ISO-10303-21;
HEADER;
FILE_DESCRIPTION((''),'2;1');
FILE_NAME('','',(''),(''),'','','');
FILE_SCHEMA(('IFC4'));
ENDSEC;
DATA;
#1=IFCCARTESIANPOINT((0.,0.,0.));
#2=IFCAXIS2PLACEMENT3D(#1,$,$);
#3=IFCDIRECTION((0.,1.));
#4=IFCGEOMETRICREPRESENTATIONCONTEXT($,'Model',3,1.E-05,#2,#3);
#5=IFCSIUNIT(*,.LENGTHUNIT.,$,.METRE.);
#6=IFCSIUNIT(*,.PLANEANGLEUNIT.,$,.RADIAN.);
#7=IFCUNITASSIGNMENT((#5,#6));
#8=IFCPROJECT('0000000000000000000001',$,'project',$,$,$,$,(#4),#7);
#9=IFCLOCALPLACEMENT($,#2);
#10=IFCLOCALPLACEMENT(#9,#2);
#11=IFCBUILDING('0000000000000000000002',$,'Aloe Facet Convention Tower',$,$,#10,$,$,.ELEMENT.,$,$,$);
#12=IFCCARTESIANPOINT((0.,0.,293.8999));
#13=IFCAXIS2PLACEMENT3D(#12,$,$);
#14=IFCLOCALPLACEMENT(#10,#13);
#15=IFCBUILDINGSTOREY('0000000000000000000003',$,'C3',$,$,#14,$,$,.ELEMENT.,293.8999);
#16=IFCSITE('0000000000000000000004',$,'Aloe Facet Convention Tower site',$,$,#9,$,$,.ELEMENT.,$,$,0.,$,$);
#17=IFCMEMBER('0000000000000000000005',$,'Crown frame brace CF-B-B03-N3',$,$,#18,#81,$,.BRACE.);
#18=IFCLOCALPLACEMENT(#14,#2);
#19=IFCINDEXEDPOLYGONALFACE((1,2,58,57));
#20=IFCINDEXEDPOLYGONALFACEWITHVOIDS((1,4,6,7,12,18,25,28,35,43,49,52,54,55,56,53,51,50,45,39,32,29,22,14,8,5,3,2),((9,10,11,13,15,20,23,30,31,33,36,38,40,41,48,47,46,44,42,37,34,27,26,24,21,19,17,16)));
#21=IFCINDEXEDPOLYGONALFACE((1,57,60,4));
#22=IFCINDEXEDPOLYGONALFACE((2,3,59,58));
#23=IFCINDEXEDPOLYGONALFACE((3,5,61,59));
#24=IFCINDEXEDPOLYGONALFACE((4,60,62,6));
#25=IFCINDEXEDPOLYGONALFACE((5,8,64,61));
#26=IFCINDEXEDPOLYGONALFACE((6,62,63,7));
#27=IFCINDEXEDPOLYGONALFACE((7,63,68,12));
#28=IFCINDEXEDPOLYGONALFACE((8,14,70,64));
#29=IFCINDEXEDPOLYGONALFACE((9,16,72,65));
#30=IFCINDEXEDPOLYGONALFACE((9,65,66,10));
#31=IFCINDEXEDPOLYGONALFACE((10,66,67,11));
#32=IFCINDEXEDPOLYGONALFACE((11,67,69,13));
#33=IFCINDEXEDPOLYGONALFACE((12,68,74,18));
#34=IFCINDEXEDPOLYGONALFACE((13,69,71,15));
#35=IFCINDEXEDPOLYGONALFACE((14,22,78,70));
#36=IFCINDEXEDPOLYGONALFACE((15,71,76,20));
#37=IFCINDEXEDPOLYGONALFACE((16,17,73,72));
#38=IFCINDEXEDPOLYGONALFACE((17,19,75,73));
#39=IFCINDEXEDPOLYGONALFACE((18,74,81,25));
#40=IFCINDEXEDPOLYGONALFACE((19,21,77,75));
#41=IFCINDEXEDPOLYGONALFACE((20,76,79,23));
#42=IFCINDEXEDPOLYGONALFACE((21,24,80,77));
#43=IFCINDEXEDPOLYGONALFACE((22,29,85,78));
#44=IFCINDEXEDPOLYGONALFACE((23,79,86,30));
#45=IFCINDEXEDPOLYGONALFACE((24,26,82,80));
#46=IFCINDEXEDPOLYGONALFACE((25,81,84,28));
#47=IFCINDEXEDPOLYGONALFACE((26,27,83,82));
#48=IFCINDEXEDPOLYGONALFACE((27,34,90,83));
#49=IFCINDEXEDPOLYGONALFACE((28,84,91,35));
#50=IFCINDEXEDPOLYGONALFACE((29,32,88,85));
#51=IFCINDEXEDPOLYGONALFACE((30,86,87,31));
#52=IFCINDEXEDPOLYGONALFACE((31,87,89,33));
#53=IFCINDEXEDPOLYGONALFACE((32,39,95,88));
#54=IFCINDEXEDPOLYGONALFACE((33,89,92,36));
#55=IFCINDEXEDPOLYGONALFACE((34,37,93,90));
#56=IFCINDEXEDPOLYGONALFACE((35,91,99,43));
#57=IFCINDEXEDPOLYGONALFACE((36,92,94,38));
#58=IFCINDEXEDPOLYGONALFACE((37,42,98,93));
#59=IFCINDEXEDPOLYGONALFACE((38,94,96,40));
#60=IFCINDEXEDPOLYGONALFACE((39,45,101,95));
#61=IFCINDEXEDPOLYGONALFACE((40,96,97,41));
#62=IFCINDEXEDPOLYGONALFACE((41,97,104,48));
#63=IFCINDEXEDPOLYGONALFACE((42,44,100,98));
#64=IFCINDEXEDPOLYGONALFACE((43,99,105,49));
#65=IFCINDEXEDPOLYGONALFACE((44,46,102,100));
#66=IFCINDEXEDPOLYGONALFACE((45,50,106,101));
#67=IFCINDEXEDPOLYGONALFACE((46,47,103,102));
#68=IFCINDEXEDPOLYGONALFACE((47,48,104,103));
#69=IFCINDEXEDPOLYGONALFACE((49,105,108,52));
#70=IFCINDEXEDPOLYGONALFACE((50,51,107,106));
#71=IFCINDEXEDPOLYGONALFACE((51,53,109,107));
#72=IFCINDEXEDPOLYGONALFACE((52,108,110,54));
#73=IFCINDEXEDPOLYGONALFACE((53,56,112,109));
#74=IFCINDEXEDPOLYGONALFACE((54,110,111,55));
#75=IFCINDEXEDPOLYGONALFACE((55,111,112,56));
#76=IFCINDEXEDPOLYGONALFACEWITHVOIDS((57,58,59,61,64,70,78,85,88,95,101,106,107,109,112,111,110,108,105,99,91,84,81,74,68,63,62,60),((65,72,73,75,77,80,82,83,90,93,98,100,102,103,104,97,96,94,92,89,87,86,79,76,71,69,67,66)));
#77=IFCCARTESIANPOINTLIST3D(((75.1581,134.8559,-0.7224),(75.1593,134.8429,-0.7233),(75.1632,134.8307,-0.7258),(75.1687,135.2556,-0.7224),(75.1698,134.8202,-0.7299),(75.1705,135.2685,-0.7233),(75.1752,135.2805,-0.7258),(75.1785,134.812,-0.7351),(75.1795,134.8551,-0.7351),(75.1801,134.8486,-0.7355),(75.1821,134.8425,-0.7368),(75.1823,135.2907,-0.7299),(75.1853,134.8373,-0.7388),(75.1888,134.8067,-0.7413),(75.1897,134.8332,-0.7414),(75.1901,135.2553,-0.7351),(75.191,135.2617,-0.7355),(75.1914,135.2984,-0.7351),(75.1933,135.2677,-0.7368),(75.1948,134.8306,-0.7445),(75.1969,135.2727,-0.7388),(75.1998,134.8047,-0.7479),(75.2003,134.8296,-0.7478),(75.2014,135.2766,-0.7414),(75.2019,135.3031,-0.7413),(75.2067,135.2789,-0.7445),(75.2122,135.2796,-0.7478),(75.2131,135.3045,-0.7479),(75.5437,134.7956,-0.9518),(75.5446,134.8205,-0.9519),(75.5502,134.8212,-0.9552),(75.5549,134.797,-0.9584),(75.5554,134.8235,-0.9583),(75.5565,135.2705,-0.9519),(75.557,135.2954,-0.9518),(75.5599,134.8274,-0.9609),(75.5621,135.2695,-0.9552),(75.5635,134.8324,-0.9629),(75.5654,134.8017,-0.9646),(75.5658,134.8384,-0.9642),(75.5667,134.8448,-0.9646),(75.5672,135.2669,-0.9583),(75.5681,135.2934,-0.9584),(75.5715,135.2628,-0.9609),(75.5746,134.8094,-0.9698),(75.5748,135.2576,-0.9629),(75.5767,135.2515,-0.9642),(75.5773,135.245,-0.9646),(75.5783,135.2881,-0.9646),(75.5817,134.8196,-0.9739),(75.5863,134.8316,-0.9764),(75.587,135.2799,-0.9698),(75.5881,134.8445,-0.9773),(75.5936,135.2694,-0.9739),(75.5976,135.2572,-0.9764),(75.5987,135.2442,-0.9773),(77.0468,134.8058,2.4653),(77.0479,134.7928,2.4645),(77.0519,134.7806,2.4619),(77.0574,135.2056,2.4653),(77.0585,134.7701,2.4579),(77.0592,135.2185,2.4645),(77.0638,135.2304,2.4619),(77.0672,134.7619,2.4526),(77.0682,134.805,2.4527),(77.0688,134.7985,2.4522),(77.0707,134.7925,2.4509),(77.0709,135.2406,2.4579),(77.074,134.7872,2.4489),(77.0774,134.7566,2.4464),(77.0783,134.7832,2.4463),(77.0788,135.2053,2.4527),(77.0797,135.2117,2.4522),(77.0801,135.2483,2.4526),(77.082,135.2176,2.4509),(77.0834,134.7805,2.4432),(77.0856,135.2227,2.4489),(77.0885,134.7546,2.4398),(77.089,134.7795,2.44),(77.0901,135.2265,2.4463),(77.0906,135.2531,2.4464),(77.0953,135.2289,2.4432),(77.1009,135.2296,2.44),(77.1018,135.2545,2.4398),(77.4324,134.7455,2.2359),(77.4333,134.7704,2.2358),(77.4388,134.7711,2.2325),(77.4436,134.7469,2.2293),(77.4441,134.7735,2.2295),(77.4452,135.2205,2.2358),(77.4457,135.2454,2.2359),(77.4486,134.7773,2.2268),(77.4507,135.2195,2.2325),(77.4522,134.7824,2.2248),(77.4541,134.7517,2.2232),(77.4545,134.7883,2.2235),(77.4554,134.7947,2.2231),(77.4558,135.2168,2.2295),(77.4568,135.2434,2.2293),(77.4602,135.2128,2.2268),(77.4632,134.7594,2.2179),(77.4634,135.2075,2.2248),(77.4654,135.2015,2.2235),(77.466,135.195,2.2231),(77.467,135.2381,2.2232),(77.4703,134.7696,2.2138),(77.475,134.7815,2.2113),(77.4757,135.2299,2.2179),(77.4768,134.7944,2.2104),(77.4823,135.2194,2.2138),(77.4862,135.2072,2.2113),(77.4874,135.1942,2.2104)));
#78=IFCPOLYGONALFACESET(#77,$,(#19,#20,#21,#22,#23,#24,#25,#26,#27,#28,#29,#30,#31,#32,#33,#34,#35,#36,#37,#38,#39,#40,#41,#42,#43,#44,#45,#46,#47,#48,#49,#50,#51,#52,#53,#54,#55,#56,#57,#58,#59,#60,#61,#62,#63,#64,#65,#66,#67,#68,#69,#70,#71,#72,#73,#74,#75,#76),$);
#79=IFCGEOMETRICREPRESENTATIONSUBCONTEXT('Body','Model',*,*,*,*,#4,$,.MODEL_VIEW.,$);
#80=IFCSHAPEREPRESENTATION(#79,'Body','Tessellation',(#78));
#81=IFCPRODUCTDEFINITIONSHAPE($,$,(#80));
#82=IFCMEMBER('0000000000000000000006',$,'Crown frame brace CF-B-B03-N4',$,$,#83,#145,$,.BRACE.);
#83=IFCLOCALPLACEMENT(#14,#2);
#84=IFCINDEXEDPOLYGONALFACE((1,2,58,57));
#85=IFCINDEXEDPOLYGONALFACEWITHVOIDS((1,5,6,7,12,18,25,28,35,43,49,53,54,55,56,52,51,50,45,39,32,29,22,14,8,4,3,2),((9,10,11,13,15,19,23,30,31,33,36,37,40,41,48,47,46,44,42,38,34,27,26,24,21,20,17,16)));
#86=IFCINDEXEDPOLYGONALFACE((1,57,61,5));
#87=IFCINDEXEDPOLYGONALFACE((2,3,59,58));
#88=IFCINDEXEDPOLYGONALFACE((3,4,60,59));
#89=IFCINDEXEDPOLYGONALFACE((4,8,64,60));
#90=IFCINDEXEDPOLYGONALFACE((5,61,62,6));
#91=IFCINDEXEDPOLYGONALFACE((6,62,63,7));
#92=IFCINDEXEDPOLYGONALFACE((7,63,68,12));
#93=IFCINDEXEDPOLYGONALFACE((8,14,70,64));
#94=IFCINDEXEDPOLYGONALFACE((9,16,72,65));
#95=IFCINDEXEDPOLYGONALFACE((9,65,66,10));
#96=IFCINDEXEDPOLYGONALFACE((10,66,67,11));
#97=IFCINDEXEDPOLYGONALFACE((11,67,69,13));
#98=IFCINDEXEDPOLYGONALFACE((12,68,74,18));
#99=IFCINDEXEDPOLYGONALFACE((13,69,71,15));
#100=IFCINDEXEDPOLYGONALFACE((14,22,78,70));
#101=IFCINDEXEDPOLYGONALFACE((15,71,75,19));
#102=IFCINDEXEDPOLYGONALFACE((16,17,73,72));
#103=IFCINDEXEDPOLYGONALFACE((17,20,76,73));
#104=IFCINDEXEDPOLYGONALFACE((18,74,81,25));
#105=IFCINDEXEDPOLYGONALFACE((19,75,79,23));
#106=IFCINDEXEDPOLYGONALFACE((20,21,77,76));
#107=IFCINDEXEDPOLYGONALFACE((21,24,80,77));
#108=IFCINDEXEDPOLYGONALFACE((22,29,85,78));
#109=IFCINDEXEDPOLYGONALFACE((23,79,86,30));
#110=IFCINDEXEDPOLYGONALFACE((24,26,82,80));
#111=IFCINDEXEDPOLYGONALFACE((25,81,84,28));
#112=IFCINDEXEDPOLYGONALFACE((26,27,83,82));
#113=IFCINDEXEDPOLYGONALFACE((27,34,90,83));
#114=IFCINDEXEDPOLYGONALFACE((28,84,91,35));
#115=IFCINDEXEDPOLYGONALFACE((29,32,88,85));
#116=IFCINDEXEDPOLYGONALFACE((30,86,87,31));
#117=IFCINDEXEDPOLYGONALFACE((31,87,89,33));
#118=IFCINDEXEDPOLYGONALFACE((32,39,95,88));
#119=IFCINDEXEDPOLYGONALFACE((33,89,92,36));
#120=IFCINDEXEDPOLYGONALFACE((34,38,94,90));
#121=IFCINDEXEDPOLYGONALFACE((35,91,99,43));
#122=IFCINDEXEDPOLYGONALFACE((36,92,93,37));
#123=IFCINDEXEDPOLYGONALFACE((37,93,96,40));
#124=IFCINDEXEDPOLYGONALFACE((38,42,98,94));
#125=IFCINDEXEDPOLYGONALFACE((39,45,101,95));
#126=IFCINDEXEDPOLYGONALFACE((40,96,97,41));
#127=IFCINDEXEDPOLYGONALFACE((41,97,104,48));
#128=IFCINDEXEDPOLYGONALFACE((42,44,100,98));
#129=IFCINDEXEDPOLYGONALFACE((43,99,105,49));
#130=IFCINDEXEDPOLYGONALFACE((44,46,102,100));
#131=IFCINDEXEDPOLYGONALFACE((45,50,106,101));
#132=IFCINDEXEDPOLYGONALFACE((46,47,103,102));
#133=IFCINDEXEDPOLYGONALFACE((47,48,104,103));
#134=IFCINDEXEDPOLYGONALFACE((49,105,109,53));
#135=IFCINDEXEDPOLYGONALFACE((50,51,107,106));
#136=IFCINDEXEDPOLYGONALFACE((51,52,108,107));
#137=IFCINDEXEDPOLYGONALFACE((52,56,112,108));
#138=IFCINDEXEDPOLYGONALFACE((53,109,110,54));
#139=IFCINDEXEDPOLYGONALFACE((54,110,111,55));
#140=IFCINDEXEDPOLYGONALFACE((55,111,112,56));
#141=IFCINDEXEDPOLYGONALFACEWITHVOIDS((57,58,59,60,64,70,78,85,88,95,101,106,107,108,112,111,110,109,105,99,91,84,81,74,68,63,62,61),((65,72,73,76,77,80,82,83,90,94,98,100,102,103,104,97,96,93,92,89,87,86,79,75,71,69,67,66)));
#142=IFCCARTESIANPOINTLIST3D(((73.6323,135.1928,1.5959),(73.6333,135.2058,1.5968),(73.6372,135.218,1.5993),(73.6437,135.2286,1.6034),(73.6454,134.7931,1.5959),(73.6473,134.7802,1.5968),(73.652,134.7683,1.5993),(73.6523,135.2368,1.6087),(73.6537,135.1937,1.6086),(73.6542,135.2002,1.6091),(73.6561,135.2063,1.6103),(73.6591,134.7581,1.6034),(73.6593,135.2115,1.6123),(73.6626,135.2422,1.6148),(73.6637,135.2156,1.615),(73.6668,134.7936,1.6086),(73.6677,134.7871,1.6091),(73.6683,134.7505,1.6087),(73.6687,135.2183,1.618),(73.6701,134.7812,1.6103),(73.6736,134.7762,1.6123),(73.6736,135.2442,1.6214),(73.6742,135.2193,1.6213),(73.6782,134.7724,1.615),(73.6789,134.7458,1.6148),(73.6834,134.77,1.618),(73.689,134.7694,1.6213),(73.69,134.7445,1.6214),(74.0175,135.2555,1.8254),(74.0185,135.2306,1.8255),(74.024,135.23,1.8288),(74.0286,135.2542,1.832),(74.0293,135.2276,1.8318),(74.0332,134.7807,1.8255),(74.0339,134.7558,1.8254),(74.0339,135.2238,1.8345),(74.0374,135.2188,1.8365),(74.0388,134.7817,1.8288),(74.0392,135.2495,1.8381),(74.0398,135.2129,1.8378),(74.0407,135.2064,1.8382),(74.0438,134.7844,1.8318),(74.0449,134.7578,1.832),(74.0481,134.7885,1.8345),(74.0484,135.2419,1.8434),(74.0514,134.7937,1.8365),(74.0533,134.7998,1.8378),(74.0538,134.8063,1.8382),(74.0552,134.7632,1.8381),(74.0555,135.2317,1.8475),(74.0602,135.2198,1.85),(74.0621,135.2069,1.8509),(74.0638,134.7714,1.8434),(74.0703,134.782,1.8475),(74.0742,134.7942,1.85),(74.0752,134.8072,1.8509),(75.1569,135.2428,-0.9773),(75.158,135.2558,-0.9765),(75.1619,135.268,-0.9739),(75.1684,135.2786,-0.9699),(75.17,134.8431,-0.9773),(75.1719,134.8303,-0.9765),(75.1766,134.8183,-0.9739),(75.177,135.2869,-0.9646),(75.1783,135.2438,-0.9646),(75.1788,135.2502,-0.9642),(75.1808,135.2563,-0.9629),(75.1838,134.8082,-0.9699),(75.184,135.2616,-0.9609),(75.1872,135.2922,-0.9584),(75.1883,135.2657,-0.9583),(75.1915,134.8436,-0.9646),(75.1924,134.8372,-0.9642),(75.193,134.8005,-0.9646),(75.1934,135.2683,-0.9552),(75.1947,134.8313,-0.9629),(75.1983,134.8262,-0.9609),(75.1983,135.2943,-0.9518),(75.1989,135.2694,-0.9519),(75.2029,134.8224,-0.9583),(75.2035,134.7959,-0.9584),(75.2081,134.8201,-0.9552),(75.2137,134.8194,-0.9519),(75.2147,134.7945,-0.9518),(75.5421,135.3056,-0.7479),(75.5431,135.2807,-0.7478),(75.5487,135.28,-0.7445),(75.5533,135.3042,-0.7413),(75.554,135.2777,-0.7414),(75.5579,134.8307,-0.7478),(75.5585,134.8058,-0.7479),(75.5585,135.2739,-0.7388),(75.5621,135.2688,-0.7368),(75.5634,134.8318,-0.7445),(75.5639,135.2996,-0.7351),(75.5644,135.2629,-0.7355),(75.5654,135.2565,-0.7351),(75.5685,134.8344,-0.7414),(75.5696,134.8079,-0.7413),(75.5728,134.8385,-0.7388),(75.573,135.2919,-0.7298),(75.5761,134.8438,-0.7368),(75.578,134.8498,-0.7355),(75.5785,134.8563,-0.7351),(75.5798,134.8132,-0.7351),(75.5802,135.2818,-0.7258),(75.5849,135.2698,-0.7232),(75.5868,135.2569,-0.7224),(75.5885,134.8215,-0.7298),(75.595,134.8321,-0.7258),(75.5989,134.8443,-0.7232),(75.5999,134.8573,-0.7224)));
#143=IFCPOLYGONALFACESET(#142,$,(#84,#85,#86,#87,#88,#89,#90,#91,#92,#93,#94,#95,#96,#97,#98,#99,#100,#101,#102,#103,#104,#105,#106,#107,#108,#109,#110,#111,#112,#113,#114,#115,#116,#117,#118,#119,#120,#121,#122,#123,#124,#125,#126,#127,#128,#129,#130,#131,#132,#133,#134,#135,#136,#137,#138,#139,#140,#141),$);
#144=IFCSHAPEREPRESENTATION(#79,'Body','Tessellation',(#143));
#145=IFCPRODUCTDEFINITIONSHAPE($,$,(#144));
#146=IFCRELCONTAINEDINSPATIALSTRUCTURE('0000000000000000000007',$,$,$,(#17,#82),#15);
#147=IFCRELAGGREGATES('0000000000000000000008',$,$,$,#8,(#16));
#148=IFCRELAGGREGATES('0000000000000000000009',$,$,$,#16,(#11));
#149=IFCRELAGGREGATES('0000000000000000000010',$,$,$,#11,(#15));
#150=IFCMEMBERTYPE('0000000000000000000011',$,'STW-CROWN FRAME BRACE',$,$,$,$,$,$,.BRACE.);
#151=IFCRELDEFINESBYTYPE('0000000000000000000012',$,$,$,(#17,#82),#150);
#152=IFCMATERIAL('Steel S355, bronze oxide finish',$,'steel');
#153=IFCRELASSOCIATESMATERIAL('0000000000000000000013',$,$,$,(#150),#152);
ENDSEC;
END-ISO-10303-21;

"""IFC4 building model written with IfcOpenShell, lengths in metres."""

from ifc_helpers import new_model, si_unit, direction, frame, origin, origin_2d, place, context, subcontext, project, spatial, hollow_rectangle, extrude, material, material_profile, profile_set, type_object, element, save


model = new_model("IFC4")

# Units and contexts
model_context = context("Model", 3, precision=1e-05, world=origin(), true_north=direction((0.0, 1.0)))
body_context = subcontext(model_context, "Body", "Model", "MODEL_VIEW")
ifc_project = project(units=[si_unit("LENGTHUNIT", "METRE"), si_unit("PLANEANGLEUNIT", "RADIAN")], contexts=[model_context])

# Site, building, storey
site_placement = place(None, origin())
site = spatial("IfcSite", under=ifc_project, at=site_placement, Name="Aloe Facet Convention Tower site", CompositionType="ELEMENT", RefElevation=0.0)
building_placement = place(site_placement, origin())
building = spatial("IfcBuilding", under=site, at=building_placement, Name="Aloe Facet Convention Tower", CompositionType="ELEMENT")
storey_placement = place(building_placement, frame((0.0, 0.0, 293.8999)))
storey = spatial("IfcBuildingStorey", under=building, at=storey_placement, Name="C3", CompositionType="ELEMENT", Elevation=293.8999)

# Members
ifc_material_1 = material(Name="Steel S355, bronze oxide finish", Category="steel")
ifc_material_profile_1 = material_profile(ifc_material_1, hollow_rectangle(XDim=0.5, YDim=0.5, WallThickness=0.0249, InnerFilletRadius=0.0249, OuterFilletRadius=0.05, at=origin_2d()), Name="SHS 500x500x25")
ifc_profile_set_1 = profile_set([ifc_material_profile_1], Name="Steel S355, bronze oxide finish")
member_type_1 = type_object("IfcMemberType", Name="STW-CROWN FRAME BRACE", PredefinedType="BRACE", material=ifc_profile_set_1)
member_1_placement = place(storey_placement, frame((75.3784, 135.05, -0.8499), z_axis=(0.509684, -0.013506, 0.860256), x_axis=(0.02649, 0.999649, 0.0)))
element("IfcMember", 1, at=member_1_placement, inside=storey, type_object=member_type_1, Name="Crown frame brace CF-B-B03-N3", PredefinedType="BRACE", context=body_context, shape_type="SweptSolid", body=[
    extrude(hollow_rectangle(XDim=0.5, YDim=0.5, WallThickness=0.0249, InnerFilletRadius=0.0249, OuterFilletRadius=0.05, at=origin_2d()), origin(), (0.0, 0.0, 1.0), 3.7056),
])
member_2_placement = place(storey_placement, frame((75.3784, 135.05, -0.8499), z_axis=(-0.509675, -0.016731, 0.860204), x_axis=(0.032809, -0.999462, 0.0)))
element("IfcMember", 2, at=member_2_placement, inside=storey, type_object=member_type_1, Name="Crown frame brace CF-B-B03-N4", PredefinedType="BRACE", context=body_context, shape_type="SweptSolid", body=[
    extrude(hollow_rectangle(XDim=0.5, YDim=0.5, WallThickness=0.0249, InnerFilletRadius=0.0249, OuterFilletRadius=0.05, at=origin_2d()), origin(), (0.0, 0.0, 1.0), 2.9915),
])

save(model, "model.ifc")
